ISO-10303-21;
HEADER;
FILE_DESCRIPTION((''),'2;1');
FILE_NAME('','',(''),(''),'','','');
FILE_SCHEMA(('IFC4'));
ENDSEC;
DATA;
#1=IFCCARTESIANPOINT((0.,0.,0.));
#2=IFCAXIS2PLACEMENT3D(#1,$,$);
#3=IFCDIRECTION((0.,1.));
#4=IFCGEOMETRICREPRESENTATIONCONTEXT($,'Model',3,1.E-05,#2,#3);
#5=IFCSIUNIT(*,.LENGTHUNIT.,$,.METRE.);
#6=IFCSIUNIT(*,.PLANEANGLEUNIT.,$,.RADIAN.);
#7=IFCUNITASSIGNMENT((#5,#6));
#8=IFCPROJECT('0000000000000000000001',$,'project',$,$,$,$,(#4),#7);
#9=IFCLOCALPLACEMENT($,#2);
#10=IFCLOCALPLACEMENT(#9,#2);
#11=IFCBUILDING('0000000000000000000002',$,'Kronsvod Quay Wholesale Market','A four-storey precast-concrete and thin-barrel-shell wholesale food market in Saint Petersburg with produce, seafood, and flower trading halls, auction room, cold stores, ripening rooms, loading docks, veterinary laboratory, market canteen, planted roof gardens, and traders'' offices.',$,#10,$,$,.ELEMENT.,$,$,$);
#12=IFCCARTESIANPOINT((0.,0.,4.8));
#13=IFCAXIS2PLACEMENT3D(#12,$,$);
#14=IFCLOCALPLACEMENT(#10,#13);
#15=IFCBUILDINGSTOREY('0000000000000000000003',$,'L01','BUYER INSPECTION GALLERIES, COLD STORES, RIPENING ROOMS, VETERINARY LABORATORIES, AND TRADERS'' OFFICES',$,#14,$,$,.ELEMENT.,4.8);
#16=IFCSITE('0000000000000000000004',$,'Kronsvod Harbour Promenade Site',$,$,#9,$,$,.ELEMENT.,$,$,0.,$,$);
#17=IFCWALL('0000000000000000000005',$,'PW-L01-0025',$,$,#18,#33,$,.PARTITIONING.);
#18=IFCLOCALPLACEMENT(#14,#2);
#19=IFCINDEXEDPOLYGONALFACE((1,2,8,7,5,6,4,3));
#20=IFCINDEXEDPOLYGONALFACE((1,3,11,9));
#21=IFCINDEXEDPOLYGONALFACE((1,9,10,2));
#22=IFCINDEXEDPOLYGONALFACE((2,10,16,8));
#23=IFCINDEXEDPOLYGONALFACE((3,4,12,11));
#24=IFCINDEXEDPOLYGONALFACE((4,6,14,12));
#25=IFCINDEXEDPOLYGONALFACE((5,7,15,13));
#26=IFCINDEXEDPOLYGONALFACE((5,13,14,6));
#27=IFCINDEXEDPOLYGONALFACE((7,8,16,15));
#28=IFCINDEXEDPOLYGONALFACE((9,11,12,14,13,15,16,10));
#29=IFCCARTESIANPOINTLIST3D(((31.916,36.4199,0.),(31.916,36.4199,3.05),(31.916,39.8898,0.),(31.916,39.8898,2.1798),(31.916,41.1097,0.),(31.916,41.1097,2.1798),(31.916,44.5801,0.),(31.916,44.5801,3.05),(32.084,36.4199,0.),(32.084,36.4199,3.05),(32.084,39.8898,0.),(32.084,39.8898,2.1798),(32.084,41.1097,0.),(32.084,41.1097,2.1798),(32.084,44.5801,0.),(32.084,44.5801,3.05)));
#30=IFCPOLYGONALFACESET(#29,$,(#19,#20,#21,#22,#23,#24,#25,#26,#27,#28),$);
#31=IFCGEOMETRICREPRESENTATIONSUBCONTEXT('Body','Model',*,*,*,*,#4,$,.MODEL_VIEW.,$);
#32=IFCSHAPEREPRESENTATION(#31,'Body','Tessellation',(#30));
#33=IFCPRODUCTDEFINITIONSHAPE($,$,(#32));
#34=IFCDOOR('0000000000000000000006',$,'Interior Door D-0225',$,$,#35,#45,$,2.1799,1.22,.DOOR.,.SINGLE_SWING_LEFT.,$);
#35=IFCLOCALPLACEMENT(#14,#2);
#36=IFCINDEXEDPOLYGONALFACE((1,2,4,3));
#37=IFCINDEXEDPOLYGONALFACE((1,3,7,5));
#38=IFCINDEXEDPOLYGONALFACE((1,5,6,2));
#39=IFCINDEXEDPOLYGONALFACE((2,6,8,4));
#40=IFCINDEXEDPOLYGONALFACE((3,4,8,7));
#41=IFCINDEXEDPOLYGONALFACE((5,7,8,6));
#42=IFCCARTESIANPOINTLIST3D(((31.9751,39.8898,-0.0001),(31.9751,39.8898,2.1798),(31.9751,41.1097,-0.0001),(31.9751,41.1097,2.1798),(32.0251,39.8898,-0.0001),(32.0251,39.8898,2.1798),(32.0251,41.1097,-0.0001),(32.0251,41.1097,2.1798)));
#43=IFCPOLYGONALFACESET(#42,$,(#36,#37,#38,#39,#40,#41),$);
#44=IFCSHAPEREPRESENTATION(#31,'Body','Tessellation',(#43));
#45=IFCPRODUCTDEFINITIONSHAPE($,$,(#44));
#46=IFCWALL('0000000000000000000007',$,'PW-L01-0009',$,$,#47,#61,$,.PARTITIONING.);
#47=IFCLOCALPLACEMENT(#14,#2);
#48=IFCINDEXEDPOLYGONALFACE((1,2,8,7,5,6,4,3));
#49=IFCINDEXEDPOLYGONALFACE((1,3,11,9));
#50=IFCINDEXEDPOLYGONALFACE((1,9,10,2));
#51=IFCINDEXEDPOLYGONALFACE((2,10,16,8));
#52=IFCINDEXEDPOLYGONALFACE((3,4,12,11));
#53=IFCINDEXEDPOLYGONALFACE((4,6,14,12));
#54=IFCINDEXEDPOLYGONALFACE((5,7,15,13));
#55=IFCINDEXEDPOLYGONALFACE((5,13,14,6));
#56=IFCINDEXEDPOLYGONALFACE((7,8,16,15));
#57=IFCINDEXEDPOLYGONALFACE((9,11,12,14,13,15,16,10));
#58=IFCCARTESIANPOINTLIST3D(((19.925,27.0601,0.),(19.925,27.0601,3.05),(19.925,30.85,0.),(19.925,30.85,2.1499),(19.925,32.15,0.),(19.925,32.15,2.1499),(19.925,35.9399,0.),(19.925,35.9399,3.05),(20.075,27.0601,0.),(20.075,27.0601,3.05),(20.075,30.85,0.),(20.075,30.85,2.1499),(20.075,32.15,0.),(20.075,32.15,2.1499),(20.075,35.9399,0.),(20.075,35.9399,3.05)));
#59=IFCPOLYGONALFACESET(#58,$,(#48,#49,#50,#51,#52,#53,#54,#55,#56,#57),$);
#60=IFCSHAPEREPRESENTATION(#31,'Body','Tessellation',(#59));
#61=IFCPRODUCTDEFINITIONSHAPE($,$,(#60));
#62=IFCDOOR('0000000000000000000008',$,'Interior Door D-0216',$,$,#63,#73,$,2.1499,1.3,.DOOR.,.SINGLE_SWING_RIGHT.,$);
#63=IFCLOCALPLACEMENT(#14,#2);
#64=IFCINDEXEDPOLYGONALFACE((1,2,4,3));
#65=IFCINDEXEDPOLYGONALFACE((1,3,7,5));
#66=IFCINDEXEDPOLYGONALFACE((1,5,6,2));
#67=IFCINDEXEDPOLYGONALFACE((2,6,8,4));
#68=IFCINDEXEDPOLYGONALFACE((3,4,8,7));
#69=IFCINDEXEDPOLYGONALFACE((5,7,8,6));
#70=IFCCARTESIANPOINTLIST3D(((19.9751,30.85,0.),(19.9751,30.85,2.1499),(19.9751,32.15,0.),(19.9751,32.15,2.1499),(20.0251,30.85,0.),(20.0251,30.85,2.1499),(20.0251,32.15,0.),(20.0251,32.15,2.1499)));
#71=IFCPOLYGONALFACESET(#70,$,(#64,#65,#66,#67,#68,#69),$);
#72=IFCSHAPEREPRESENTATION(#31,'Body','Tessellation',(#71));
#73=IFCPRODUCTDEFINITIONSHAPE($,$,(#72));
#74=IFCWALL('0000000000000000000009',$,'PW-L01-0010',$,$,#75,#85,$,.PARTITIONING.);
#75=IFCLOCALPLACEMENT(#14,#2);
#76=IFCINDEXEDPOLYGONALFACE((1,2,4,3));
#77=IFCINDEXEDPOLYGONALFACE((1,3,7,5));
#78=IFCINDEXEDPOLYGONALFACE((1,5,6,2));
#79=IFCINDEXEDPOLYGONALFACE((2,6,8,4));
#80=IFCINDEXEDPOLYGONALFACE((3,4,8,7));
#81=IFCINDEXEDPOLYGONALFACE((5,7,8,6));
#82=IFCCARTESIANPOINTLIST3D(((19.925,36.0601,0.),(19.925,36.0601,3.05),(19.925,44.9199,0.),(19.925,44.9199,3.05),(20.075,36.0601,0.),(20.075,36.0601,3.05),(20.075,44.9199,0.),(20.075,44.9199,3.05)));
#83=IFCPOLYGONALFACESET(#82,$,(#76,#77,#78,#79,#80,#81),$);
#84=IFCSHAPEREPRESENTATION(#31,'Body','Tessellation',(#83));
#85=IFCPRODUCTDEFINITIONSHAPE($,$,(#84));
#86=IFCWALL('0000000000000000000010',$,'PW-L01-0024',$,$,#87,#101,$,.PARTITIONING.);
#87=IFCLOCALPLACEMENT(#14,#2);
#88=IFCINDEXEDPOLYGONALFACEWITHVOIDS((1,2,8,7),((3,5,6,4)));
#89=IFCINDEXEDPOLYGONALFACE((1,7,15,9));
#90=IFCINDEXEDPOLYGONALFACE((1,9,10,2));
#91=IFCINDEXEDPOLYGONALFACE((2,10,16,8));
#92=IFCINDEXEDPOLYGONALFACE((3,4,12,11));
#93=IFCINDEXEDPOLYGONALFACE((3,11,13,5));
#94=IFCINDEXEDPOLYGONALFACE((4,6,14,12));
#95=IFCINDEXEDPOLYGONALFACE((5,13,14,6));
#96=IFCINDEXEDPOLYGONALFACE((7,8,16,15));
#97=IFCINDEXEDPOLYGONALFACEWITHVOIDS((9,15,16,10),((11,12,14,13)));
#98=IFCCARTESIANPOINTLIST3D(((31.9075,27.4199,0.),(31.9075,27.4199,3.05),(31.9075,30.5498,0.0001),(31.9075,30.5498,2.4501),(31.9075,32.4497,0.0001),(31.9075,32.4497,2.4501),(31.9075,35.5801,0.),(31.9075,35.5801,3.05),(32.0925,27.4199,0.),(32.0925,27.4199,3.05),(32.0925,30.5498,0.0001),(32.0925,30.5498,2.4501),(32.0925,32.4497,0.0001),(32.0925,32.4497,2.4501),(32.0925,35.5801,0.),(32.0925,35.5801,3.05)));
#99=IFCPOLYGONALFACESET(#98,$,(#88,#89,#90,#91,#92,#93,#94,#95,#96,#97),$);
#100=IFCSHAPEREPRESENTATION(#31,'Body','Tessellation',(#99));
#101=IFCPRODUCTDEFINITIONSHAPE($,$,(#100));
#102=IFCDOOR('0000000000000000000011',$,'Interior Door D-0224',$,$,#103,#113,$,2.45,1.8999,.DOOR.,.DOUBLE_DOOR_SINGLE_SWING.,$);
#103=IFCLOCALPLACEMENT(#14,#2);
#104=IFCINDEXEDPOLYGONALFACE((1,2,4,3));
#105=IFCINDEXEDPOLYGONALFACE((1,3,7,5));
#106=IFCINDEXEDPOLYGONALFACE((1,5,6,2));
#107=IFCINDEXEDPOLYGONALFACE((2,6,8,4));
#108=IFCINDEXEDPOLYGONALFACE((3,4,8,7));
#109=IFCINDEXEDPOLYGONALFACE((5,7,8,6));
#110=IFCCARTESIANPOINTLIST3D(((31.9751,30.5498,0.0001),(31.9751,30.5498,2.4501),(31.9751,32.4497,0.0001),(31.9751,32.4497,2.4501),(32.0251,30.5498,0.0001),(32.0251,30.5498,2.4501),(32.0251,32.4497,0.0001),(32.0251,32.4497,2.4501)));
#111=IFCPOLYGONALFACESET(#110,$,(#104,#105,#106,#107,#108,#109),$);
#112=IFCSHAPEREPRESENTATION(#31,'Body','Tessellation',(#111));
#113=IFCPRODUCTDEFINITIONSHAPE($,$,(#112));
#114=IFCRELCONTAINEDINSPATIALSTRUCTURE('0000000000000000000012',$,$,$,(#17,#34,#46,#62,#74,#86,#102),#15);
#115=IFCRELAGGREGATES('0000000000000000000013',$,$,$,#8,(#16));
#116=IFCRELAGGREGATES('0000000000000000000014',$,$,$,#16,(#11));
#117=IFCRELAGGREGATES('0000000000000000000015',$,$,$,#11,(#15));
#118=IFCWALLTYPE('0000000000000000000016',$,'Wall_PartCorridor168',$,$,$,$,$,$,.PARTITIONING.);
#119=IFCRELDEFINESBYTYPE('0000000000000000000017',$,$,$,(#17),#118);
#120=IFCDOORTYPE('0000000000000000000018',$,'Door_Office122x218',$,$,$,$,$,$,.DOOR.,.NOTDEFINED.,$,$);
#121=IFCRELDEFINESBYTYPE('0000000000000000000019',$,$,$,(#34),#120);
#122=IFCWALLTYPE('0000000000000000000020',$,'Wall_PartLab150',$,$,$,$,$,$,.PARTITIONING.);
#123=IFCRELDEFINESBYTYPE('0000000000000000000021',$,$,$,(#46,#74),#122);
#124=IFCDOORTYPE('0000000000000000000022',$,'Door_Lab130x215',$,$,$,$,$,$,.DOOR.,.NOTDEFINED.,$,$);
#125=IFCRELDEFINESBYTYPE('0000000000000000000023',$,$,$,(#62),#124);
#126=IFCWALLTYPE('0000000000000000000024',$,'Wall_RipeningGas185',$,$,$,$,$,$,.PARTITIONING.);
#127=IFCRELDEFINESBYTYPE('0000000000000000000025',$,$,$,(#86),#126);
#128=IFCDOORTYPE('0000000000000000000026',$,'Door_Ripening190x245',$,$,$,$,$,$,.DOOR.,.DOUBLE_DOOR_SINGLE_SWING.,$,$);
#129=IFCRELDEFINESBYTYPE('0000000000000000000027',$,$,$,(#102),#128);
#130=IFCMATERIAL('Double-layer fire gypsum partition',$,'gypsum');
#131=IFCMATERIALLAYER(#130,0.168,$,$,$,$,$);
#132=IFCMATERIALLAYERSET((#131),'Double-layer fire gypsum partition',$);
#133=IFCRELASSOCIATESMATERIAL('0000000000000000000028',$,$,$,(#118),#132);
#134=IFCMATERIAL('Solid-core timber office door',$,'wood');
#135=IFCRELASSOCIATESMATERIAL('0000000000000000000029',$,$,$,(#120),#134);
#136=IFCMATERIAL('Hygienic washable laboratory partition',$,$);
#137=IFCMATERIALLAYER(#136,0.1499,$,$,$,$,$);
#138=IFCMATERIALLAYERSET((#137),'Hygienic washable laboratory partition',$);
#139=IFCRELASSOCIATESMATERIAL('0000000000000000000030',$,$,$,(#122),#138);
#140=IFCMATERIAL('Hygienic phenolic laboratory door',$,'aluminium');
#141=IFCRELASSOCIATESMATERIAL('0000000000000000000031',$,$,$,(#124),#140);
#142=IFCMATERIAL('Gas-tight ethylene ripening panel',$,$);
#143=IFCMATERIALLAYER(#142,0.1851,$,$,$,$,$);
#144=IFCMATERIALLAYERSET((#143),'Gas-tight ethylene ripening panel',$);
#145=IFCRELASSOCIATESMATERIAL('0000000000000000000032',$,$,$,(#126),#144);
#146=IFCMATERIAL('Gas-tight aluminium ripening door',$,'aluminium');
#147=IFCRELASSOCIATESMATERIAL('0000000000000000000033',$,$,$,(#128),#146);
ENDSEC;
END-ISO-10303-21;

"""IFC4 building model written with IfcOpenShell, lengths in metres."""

from ifc_helpers import new_model, si_unit, direction, frame, frame_2d, origin, place, context, subcontext, project, spatial, rectangle, extrude, material, layer, layer_set, type_object, element, fill, save


model = new_model("IFC4")

# Units and contexts
model_context = context("Model", 3, precision=1e-05, world=origin(), true_north=direction((0.0, 1.0)))
body_context = subcontext(model_context, "Body", "Model", "MODEL_VIEW")
ifc_project = project(units=[si_unit("LENGTHUNIT", "METRE"), si_unit("PLANEANGLEUNIT", "RADIAN")], contexts=[model_context])

# Site, building, storey
site_placement = place(None, origin())
site = spatial("IfcSite", under=ifc_project, at=site_placement, Name="Kronsvod Harbour Promenade Site", CompositionType="ELEMENT", RefElevation=0.0)
building_placement = place(site_placement, origin())
building = spatial("IfcBuilding", under=site, at=building_placement, Name="Kronsvod Quay Wholesale Market", Description="A four-storey precast-concrete and thin-barrel-shell wholesale food market in Saint Petersburg with produce, seafood, and flower trading halls, auction room, cold stores, ripening rooms, loading docks, veterinary laboratory, market canteen, planted roof gardens, and traders' offices.", CompositionType="ELEMENT")
storey_placement = place(building_placement, frame((0.0, 0.0, 4.8)))
storey = spatial("IfcBuildingStorey", under=building, at=storey_placement, Name="L01", Description="BUYER INSPECTION GALLERIES, COLD STORES, RIPENING ROOMS, VETERINARY LABORATORIES, AND TRADERS' OFFICES", CompositionType="ELEMENT", Elevation=4.8)

# Walls, openings, doors
ifc_material_1 = material(Name="Double-layer fire gypsum partition", Category="gypsum")
ifc_layer_1 = layer(ifc_material_1, 0.168)
ifc_layer_set_1 = layer_set([ifc_layer_1], Name="Double-layer fire gypsum partition")
wall_type_1 = type_object("IfcWallType", Name="Wall_PartCorridor168", PredefinedType="PARTITIONING", material=ifc_layer_set_1)
wall_1_placement = place(storey_placement, frame((32.0, 36.4199, 0.0), z_axis=(0.0, 0.0, 1.0), x_axis=(0.0, 1.0, 0.0)))
wall_1 = element("IfcWall", 1, at=wall_1_placement, inside=storey, type_object=wall_type_1, Name="PW-L01-0025", PredefinedType="PARTITIONING", context=body_context, shape_type="SweptSolid", body=[
    extrude(rectangle(XDim=8.1602, YDim=0.168, at=frame_2d((4.0801, 0.0))), origin(), (0.0, 0.0, 1.0), 3.05),
])
opening_1_placement = place(wall_1_placement, frame((3.47, 0.0, 0.0)))
opening_1 = element("IfcOpeningElement", 2, at=opening_1_placement, cuts=wall_1, PredefinedType="OPENING", context=body_context, shape_type="SweptSolid", body=[
    extrude(rectangle(XDim=1.22, YDim=2.1799, at=frame_2d((0.6099, 1.0898))), frame((0.0, 0.094, 0.0), z_axis=(0.0, -1.0, 0.0), x_axis=(1.0, 0.0, 0.0)), (0.0, 0.0, 1.0), 0.188),
])
ifc_material_2 = material(Name="Solid-core timber office door", Category="wood")
door_type_1 = type_object("IfcDoorType", Name="Door_Office122x218", OperationType="NOTDEFINED", PredefinedType="DOOR", material=ifc_material_2)
door_1_placement = place(opening_1_placement, origin())
door_1 = element("IfcDoor", 3, at=door_1_placement, inside=storey, type_object=door_type_1, Name="Interior Door D-0225", OperationType="SINGLE_SWING_LEFT", OverallHeight=2.1799, OverallWidth=1.22, PredefinedType="DOOR", context=body_context, shape_type="SweptSolid", body=[
    extrude(rectangle(XDim=1.22, YDim=2.1799, at=frame_2d((0.6099, 1.0898))), frame((0.0, 0.0249, 0.0), z_axis=(0.0, -1.0, 0.0), x_axis=(1.0, 0.0, 0.0)), (0.0, 0.0, 1.0), 0.05),
])
fill(opening_1, door_1)
ifc_material_3 = material(Name="Hygienic washable laboratory partition")
ifc_layer_2 = layer(ifc_material_3, 0.1499)
ifc_layer_set_2 = layer_set([ifc_layer_2], Name="Hygienic washable laboratory partition")
wall_type_2 = type_object("IfcWallType", Name="Wall_PartLab150", PredefinedType="PARTITIONING", material=ifc_layer_set_2)
wall_2_placement = place(storey_placement, frame((20.0, 27.0601, 0.0), z_axis=(0.0, 0.0, 1.0), x_axis=(0.0, 1.0, 0.0)))
wall_2 = element("IfcWall", 4, at=wall_2_placement, inside=storey, type_object=wall_type_2, Name="PW-L01-0009", PredefinedType="PARTITIONING", context=body_context, shape_type="SweptSolid", body=[
    extrude(rectangle(XDim=8.8799, YDim=0.1499, at=frame_2d((4.4399, 0.0))), origin(), (0.0, 0.0, 1.0), 3.05),
])
opening_2_placement = place(wall_2_placement, frame((3.79, 0.0, 0.0)))
opening_2 = element("IfcOpeningElement", 5, at=opening_2_placement, cuts=wall_2, PredefinedType="OPENING", context=body_context, shape_type="SweptSolid", body=[
    extrude(rectangle(XDim=1.3, YDim=2.1499, at=frame_2d((0.6499, 1.075))), frame((0.0, 0.085, 0.0), z_axis=(0.0, -1.0, 0.0), x_axis=(1.0, 0.0, 0.0)), (0.0, 0.0, 1.0), 0.1699),
])
ifc_material_4 = material(Name="Hygienic phenolic laboratory door", Category="aluminium")
door_type_2 = type_object("IfcDoorType", Name="Door_Lab130x215", OperationType="NOTDEFINED", PredefinedType="DOOR", material=ifc_material_4)
door_2_placement = place(opening_2_placement, origin())
door_2 = element("IfcDoor", 6, at=door_2_placement, inside=storey, type_object=door_type_2, Name="Interior Door D-0216", OperationType="SINGLE_SWING_RIGHT", OverallHeight=2.1499, OverallWidth=1.3, PredefinedType="DOOR", context=body_context, shape_type="SweptSolid", body=[
    extrude(rectangle(XDim=1.3, YDim=2.1499, at=frame_2d((0.6499, 1.075))), frame((0.0, 0.0249, 0.0), z_axis=(0.0, -1.0, 0.0), x_axis=(1.0, 0.0, 0.0)), (0.0, 0.0, 1.0), 0.05),
])
fill(opening_2, door_2)

# Wall
wall_3_placement = place(storey_placement, frame((20.0, 36.0601, 0.0), z_axis=(0.0, 0.0, 1.0), x_axis=(0.0, 1.0, 0.0)))
element("IfcWall", 7, at=wall_3_placement, inside=storey, type_object=wall_type_2, Name="PW-L01-0010", PredefinedType="PARTITIONING", context=body_context, shape_type="SweptSolid", body=[
    extrude(rectangle(XDim=8.8599, YDim=0.1499, at=frame_2d((4.4299, 0.0))), origin(), (0.0, 0.0, 1.0), 3.05),
])

# Wall, opening, door
ifc_material_5 = material(Name="Gas-tight ethylene ripening panel")
ifc_layer_3 = layer(ifc_material_5, 0.1851)
ifc_layer_set_3 = layer_set([ifc_layer_3], Name="Gas-tight ethylene ripening panel")
wall_type_3 = type_object("IfcWallType", Name="Wall_RipeningGas185", PredefinedType="PARTITIONING", material=ifc_layer_set_3)
wall_4_placement = place(storey_placement, frame((32.0, 27.4199, 0.0), z_axis=(0.0, 0.0, 1.0), x_axis=(0.0, 1.0, 0.0)))
wall_4 = element("IfcWall", 8, at=wall_4_placement, inside=storey, type_object=wall_type_3, Name="PW-L01-0024", PredefinedType="PARTITIONING", context=body_context, shape_type="SweptSolid", body=[
    extrude(rectangle(XDim=8.1602, YDim=0.1851, at=frame_2d((4.0801, 0.0))), origin(), (0.0, 0.0, 1.0), 3.05),
])
opening_3_placement = place(wall_4_placement, frame((3.1299, 0.0, 0.0)))
opening_3 = element("IfcOpeningElement", 9, at=opening_3_placement, cuts=wall_4, PredefinedType="OPENING", context=body_context, shape_type="SweptSolid", body=[
    extrude(rectangle(XDim=1.8999, YDim=2.45, at=frame_2d((0.95, 1.2251))), frame((0.0, 0.1025, 0.0), z_axis=(0.0, -1.0, 0.0), x_axis=(1.0, 0.0, 0.0)), (0.0, 0.0, 1.0), 0.2051),
])
ifc_material_6 = material(Name="Gas-tight aluminium ripening door", Category="aluminium")
door_type_3 = type_object("IfcDoorType", Name="Door_Ripening190x245", OperationType="DOUBLE_DOOR_SINGLE_SWING", PredefinedType="DOOR", material=ifc_material_6)
door_3_placement = place(opening_3_placement, origin())
door_3 = element("IfcDoor", 10, at=door_3_placement, inside=storey, type_object=door_type_3, Name="Interior Door D-0224", OperationType="DOUBLE_DOOR_SINGLE_SWING", OverallHeight=2.45, OverallWidth=1.8999, PredefinedType="DOOR", context=body_context, shape_type="SweptSolid", body=[
    extrude(rectangle(XDim=1.8999, YDim=2.45, at=frame_2d((0.95, 1.2251))), frame((0.0, 0.0249, 0.0), z_axis=(0.0, -1.0, 0.0), x_axis=(1.0, 0.0, 0.0)), (0.0, 0.0, 1.0), 0.05),
])
fill(opening_3, door_3)

save(model, "model.ifc")
